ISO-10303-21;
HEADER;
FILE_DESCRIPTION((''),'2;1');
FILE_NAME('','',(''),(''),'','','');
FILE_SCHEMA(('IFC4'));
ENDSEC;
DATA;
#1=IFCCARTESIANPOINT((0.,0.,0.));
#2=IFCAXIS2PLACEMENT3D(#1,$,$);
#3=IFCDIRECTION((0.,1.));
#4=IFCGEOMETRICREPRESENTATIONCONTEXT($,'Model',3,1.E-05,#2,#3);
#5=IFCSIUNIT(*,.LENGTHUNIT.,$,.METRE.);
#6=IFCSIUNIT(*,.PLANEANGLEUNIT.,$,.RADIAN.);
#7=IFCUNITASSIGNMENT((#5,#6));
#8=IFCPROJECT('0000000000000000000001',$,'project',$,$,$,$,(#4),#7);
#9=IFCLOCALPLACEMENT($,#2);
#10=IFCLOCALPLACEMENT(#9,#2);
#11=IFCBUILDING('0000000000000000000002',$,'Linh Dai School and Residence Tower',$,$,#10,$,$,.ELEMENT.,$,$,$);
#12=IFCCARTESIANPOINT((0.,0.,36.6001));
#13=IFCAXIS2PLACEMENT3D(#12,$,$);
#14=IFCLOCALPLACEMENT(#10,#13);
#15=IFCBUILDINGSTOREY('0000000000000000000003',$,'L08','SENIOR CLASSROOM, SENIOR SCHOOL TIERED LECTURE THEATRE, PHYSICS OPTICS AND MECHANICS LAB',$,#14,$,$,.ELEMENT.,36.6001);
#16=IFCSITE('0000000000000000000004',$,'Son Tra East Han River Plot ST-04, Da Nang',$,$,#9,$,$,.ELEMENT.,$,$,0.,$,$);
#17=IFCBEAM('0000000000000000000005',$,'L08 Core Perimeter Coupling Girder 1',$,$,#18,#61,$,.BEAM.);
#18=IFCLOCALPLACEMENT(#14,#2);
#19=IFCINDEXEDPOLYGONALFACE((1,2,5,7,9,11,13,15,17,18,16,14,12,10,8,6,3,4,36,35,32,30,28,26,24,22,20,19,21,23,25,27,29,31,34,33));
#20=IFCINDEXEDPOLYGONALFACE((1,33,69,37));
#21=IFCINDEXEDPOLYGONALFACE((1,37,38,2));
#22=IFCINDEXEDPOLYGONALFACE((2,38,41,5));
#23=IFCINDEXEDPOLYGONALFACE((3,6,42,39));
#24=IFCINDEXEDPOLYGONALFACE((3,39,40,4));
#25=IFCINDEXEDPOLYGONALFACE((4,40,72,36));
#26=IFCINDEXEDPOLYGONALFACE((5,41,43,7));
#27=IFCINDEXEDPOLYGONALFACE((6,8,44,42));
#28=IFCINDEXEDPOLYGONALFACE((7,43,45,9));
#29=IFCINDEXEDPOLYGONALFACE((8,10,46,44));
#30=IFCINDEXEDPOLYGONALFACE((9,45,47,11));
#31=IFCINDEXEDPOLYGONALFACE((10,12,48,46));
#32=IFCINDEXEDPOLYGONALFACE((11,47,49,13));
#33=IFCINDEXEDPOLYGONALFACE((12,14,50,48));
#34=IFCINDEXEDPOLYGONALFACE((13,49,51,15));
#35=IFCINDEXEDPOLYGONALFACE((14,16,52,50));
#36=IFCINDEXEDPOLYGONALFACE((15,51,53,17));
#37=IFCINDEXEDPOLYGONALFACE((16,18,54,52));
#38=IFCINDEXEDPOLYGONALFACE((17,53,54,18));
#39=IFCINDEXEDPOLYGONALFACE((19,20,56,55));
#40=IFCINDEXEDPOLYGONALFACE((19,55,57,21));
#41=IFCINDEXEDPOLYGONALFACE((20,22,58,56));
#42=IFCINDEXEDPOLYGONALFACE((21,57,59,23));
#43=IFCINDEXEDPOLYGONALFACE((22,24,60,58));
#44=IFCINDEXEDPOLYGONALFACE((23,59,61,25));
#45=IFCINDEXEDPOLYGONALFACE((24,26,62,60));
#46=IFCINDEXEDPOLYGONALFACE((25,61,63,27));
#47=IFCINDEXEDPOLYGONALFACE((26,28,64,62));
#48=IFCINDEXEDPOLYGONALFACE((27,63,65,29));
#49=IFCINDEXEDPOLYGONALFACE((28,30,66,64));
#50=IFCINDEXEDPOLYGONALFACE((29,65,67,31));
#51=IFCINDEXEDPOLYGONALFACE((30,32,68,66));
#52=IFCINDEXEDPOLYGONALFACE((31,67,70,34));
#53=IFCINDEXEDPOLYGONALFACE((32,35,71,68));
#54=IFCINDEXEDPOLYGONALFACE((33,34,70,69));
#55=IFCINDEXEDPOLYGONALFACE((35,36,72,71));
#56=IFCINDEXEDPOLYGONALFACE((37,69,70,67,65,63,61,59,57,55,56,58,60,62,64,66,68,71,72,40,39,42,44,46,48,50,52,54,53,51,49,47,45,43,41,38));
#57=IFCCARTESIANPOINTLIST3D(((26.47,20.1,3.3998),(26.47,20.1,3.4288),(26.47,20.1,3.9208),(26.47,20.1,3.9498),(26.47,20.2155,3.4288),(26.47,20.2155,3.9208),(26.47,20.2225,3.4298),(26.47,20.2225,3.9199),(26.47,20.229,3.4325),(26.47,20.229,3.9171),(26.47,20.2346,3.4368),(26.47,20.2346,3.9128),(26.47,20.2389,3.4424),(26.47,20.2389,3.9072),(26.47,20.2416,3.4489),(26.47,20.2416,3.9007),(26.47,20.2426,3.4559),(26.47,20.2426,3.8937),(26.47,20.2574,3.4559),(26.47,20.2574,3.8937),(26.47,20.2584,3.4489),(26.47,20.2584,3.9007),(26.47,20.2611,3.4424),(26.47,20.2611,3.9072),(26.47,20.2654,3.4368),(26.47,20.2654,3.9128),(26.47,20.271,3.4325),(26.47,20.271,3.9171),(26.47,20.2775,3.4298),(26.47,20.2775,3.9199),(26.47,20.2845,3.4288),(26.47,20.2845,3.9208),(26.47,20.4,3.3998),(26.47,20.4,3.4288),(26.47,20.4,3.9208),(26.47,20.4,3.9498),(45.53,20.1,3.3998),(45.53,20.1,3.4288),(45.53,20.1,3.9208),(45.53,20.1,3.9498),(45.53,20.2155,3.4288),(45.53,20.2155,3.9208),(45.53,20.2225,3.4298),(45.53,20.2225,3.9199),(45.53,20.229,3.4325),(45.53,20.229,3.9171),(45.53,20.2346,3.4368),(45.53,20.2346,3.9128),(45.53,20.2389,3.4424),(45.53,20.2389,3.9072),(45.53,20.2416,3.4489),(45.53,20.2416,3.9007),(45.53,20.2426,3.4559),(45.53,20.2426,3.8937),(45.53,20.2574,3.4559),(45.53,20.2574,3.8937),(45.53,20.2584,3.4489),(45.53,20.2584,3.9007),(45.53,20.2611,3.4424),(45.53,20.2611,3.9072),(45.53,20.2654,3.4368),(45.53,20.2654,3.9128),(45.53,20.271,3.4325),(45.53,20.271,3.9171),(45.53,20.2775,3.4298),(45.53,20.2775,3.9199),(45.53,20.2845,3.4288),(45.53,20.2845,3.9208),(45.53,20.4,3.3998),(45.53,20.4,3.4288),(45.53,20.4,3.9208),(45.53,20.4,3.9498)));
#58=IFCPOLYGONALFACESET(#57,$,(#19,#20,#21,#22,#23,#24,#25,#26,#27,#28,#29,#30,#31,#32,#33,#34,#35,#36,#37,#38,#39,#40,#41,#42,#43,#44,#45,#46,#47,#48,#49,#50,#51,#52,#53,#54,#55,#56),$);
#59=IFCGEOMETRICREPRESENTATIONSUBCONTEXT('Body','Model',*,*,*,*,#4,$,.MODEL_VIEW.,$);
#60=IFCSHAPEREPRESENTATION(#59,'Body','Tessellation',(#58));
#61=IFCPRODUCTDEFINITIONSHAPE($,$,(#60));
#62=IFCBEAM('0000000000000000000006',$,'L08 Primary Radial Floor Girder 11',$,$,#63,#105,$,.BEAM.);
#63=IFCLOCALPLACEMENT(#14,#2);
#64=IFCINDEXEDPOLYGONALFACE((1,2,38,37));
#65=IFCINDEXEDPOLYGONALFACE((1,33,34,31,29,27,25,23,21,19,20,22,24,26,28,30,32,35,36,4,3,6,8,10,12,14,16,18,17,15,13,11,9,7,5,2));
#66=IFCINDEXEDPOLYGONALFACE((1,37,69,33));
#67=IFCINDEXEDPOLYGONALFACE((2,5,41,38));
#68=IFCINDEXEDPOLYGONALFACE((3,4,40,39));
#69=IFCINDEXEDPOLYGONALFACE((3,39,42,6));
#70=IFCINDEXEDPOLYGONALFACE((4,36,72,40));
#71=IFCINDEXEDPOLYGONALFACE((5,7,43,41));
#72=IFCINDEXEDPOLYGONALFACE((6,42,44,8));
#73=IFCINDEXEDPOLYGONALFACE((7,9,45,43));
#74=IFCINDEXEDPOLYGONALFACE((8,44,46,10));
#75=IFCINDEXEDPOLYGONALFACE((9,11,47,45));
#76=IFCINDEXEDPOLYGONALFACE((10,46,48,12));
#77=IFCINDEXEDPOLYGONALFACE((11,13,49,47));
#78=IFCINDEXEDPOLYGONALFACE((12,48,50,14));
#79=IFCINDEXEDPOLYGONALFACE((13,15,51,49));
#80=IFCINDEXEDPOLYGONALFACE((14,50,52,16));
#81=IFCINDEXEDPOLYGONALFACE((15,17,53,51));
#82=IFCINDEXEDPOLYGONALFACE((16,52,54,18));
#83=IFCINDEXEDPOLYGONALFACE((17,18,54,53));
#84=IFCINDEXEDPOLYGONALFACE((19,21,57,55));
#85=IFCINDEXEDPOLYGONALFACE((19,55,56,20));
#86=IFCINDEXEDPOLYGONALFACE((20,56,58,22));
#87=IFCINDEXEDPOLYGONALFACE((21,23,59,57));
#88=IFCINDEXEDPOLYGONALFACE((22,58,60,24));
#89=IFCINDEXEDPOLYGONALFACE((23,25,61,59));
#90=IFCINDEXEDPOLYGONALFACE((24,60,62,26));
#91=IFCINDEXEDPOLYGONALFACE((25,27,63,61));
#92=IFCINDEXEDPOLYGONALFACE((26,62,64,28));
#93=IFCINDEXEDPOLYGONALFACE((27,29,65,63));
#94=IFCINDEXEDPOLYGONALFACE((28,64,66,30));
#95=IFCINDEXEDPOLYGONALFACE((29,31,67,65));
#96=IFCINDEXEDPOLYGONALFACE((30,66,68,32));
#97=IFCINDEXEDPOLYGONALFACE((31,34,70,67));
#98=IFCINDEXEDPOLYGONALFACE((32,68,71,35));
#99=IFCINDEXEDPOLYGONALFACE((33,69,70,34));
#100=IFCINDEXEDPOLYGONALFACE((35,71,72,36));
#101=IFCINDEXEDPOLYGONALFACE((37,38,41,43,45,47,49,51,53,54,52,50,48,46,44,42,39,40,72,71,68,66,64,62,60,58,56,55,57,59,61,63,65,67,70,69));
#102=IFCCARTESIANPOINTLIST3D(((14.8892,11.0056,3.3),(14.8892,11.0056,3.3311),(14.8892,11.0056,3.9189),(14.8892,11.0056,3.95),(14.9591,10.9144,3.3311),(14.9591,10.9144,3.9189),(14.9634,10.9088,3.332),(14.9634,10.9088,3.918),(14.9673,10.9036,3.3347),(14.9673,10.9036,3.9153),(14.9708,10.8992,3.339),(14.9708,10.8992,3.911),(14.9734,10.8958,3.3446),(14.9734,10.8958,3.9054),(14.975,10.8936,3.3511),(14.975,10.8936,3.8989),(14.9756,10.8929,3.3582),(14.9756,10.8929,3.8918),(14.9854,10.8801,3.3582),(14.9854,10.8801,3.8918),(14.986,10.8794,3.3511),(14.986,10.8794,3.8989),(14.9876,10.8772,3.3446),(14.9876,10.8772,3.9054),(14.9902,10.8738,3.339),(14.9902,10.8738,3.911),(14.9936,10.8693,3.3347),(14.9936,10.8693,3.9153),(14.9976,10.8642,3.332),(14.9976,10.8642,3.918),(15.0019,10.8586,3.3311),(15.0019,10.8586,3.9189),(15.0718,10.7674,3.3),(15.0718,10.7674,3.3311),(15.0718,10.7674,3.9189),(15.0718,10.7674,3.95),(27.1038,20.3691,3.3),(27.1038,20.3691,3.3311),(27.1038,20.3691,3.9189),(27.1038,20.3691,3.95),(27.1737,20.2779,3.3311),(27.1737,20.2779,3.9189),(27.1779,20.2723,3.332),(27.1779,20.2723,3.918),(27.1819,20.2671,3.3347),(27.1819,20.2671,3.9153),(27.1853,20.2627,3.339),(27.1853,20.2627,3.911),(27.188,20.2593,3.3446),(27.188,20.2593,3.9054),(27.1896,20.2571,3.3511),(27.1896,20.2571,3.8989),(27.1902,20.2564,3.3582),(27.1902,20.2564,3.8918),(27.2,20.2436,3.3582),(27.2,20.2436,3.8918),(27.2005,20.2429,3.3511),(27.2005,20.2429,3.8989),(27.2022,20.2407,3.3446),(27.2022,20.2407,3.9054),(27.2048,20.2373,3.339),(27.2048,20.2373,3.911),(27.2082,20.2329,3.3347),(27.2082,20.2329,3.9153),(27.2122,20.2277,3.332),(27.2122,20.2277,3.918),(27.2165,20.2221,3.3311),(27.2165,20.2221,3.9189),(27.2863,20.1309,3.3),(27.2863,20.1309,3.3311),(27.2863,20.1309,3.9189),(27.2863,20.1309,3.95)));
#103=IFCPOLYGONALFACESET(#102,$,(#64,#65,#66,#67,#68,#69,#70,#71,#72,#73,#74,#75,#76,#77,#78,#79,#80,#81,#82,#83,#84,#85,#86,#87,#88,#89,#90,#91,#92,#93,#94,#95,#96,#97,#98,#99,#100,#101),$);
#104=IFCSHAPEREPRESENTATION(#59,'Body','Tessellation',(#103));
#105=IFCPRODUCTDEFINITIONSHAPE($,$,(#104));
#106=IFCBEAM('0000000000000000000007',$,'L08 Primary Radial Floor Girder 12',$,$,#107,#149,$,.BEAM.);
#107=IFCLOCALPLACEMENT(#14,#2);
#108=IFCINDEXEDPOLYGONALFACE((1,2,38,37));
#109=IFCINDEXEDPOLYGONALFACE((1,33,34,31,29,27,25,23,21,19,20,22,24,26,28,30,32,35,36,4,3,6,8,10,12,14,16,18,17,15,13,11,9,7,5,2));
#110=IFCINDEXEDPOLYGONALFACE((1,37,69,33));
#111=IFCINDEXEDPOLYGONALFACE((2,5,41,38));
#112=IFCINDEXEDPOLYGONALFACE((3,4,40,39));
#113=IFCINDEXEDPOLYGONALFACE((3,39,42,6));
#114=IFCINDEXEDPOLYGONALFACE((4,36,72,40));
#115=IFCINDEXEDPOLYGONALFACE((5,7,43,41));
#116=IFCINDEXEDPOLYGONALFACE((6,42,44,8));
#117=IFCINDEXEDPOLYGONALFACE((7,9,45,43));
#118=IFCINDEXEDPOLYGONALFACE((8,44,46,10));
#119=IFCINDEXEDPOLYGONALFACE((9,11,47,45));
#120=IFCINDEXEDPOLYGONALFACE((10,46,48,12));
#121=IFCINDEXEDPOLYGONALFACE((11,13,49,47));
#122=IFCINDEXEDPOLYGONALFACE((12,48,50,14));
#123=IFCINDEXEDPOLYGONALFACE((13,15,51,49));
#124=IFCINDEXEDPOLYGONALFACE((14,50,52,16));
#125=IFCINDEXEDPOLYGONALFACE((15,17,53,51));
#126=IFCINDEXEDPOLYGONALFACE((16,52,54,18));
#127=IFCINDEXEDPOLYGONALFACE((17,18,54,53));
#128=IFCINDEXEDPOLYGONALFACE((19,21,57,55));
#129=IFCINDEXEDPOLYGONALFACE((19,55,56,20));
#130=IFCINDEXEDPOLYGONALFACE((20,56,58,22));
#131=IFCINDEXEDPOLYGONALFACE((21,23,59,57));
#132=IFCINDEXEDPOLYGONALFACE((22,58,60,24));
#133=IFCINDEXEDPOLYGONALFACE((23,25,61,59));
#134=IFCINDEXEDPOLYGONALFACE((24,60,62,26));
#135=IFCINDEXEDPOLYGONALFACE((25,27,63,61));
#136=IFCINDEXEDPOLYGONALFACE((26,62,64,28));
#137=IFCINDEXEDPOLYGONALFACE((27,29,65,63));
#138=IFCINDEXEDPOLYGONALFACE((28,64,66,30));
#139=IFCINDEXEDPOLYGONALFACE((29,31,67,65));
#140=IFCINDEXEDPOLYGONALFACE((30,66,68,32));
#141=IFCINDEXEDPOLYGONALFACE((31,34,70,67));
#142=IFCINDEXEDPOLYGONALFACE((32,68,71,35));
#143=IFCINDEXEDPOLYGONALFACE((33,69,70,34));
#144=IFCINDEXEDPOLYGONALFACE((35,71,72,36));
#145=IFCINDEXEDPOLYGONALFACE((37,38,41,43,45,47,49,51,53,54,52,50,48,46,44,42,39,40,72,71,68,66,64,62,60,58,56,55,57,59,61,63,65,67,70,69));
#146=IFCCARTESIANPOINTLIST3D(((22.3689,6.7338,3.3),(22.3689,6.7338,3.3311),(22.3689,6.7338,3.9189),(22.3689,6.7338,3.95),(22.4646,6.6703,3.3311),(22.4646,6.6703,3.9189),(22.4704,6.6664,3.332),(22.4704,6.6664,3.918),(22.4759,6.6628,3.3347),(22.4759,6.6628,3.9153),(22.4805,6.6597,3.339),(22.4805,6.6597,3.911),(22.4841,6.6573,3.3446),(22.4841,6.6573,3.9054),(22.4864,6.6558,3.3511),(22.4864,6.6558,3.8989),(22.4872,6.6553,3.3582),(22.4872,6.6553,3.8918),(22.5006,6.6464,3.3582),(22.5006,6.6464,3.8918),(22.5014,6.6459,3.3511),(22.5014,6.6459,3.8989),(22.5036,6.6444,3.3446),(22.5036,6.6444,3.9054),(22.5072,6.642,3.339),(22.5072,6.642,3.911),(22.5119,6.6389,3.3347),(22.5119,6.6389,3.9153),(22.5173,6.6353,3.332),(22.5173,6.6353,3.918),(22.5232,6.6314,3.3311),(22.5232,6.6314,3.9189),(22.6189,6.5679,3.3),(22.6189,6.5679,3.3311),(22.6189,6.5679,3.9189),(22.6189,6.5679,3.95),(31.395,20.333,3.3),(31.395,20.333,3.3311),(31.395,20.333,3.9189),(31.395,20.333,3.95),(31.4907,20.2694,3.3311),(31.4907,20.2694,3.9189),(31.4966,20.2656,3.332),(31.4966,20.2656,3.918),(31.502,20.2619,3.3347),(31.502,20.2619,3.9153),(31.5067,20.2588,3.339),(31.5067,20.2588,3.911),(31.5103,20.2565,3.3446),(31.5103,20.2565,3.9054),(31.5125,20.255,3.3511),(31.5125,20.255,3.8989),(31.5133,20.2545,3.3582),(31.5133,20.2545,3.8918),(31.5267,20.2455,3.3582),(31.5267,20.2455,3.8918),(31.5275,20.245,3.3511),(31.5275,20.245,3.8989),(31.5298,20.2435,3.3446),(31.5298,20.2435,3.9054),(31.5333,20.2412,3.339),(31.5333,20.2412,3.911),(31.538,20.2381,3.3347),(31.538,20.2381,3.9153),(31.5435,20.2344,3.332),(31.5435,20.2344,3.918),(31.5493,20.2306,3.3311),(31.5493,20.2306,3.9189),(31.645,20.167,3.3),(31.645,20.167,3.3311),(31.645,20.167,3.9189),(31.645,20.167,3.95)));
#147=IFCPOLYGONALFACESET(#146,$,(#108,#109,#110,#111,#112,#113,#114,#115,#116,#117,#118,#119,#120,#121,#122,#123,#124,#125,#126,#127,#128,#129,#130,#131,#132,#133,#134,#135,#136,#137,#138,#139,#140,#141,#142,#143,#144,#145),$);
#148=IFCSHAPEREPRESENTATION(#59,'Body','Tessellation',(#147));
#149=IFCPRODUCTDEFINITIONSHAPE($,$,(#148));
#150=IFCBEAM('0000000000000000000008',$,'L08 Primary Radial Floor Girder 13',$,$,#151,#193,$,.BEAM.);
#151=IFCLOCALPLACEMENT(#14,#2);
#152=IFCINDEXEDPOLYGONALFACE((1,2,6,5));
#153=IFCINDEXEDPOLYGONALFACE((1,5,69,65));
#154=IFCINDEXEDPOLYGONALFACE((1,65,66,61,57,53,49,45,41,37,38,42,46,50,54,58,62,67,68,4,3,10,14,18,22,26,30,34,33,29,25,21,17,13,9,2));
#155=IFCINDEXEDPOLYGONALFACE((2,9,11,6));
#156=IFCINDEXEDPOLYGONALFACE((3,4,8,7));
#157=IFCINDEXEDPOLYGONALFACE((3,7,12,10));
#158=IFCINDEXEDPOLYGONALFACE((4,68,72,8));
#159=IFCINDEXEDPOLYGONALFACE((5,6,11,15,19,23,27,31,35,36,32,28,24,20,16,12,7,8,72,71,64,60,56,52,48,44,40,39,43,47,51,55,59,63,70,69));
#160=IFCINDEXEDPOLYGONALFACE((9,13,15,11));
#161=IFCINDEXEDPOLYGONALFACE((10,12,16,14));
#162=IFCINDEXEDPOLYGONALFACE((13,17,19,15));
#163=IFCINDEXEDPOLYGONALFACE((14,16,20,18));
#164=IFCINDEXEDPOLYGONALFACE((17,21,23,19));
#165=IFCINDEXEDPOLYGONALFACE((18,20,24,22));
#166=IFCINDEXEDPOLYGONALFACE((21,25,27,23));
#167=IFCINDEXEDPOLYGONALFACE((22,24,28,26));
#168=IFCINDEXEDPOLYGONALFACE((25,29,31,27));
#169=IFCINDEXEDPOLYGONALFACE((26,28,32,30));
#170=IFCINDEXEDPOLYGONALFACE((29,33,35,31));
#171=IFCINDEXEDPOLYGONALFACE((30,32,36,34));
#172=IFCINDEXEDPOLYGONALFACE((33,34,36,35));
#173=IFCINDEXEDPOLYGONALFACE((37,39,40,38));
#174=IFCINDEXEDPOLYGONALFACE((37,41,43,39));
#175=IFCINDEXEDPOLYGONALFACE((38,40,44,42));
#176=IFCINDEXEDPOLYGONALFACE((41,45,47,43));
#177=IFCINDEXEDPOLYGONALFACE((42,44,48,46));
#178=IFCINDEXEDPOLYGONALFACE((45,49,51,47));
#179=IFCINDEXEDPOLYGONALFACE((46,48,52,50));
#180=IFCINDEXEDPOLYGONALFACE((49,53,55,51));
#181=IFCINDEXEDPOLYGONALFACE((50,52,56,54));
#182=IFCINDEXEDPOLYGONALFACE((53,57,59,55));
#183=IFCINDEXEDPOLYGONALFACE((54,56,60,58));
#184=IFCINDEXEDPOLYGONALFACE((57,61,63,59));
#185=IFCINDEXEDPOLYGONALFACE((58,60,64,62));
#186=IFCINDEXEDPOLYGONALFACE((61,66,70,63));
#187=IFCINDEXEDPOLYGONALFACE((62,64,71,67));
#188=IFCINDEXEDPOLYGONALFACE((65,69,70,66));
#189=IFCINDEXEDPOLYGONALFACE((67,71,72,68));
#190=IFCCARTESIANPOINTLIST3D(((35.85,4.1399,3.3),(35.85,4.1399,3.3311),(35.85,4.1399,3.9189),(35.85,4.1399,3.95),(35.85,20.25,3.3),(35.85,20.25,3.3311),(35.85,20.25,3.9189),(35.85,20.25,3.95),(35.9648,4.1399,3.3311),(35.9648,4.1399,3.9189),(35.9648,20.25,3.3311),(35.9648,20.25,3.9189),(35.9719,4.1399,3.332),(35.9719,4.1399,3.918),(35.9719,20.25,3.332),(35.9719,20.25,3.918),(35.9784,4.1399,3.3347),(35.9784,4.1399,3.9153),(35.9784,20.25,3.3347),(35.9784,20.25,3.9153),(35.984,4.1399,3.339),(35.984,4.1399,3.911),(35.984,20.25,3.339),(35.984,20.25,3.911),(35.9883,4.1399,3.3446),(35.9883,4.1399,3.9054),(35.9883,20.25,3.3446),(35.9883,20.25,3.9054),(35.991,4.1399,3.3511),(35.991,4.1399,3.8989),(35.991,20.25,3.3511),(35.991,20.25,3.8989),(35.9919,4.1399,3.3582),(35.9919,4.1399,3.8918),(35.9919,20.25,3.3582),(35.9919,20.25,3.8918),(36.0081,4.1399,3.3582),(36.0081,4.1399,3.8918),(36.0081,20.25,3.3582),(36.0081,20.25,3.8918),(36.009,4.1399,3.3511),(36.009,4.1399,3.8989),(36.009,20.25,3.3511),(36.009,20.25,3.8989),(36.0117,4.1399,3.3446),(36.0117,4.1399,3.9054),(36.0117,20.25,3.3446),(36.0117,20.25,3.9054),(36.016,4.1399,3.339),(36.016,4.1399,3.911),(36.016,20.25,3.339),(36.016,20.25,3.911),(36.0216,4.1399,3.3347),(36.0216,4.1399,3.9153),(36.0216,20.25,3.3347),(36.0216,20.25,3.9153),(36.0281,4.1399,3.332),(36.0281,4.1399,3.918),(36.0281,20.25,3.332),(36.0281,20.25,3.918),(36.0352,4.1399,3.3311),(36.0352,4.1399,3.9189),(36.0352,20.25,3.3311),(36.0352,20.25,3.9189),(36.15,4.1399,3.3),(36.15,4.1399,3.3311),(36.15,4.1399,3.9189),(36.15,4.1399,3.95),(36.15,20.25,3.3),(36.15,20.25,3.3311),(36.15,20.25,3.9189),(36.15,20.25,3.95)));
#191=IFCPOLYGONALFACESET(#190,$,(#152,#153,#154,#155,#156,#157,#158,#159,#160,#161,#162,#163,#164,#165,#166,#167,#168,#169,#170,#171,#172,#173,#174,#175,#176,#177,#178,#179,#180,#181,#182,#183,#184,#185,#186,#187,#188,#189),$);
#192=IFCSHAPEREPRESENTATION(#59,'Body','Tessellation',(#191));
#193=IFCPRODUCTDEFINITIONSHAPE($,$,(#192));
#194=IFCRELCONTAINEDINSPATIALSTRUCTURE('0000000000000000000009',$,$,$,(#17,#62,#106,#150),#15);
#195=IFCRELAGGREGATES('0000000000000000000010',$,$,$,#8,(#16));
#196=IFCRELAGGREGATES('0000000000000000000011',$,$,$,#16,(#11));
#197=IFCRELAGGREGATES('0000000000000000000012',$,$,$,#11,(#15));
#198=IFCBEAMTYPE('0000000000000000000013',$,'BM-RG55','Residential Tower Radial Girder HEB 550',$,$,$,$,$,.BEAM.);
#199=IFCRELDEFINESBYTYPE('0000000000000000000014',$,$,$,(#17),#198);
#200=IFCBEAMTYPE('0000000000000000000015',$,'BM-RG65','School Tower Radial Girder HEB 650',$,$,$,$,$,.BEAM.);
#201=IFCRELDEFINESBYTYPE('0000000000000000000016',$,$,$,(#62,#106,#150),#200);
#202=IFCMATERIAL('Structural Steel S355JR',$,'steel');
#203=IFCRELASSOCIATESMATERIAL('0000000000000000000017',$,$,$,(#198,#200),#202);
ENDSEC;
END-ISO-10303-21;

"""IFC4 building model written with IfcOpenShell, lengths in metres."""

from ifc_helpers import new_model, si_unit, direction, frame, origin, origin_2d, place, context, subcontext, project, spatial, i_section, extrude, material, material_profile, profile_set, type_object, element, save


model = new_model("IFC4")

# Units and contexts
model_context = context("Model", 3, precision=1e-05, world=origin(), true_north=direction((0.0, 1.0)))
body_context = subcontext(model_context, "Body", "Model", "MODEL_VIEW")
ifc_project = project(units=[si_unit("LENGTHUNIT", "METRE"), si_unit("PLANEANGLEUNIT", "RADIAN")], contexts=[model_context])

# Site, building, storey
site_placement = place(None, origin())
site = spatial("IfcSite", under=ifc_project, at=site_placement, Name="Son Tra East Han River Plot ST-04, Da Nang", CompositionType="ELEMENT", RefElevation=0.0)
building_placement = place(site_placement, origin())
building = spatial("IfcBuilding", under=site, at=building_placement, Name="Linh Dai School and Residence Tower", CompositionType="ELEMENT")
storey_placement = place(building_placement, frame((0.0, 0.0, 36.6001)))
storey = spatial("IfcBuildingStorey", under=building, at=storey_placement, Name="L08", Description="SENIOR CLASSROOM, SENIOR SCHOOL TIERED LECTURE THEATRE, PHYSICS OPTICS AND MECHANICS LAB", CompositionType="ELEMENT", Elevation=36.6001)

# Shared definitions
ifc_material_1 = material(Name="Structural Steel S355JR", Category="steel")

# Beams
ifc_material_profile_1 = material_profile(ifc_material_1, i_section(OverallWidth=0.3, OverallDepth=0.55, WebThickness=0.0149, FlangeThickness=0.0291, FilletRadius=0.0271, at=origin_2d()), Name="HEB 550")
ifc_profile_set_1 = profile_set([ifc_material_profile_1], Name="Structural Steel S355JR")
beam_type_1 = type_object("IfcBeamType", Name="BM-RG55", Description="Residential Tower Radial Girder HEB 550", PredefinedType="BEAM", material=ifc_profile_set_1)
beam_1_placement = place(storey_placement, frame((26.47, 20.25, 3.6748), z_axis=(1.0, 0.0, 0.0), x_axis=(0.0, 1.0, 0.0)))
element("IfcBeam", 1, at=beam_1_placement, inside=storey, type_object=beam_type_1, Name="L08 Core Perimeter Coupling Girder 1", PredefinedType="BEAM", context=body_context, shape_type="SweptSolid", body=[
    extrude(i_section(OverallWidth=0.3, OverallDepth=0.55, WebThickness=0.0149, FlangeThickness=0.0291, FilletRadius=0.0271, at=origin_2d()), origin(), (0.0, 0.0, 1.0), 19.0601),
])
ifc_material_profile_2 = material_profile(ifc_material_1, i_section(OverallWidth=0.3, OverallDepth=0.6499, WebThickness=0.0161, FlangeThickness=0.031, FilletRadius=0.0271, at=origin_2d()), Name="HEB 650")
ifc_profile_set_2 = profile_set([ifc_material_profile_2], Name="Structural Steel S355JR")
beam_type_2 = type_object("IfcBeamType", Name="BM-RG65", Description="School Tower Radial Girder HEB 650", PredefinedType="BEAM", material=ifc_profile_set_2)
beam_2_placement = place(storey_placement, frame((27.1951, 20.25, 3.625), z_axis=(-0.793638, -0.608391, 0.0), x_axis=(0.608391, -0.793638, 0.0)))
element("IfcBeam", 2, at=beam_2_placement, inside=storey, type_object=beam_type_2, Name="L08 Primary Radial Floor Girder 11", PredefinedType="BEAM", context=body_context, shape_type="SweptSolid", body=[
    extrude(i_section(OverallWidth=0.3, OverallDepth=0.6499, WebThickness=0.0161, FlangeThickness=0.031, FilletRadius=0.0271, at=origin_2d()), origin(), (0.0, 0.0, 1.0), 15.3906),
])
beam_3_placement = place(storey_placement, frame((31.52, 20.25, 3.625), z_axis=(-0.553004, -0.833178, 0.0), x_axis=(0.833178, -0.553004, 0.0)))
element("IfcBeam", 3, at=beam_3_placement, inside=storey, type_object=beam_type_2, Name="L08 Primary Radial Floor Girder 12", PredefinedType="BEAM", context=body_context, shape_type="SweptSolid", body=[
    extrude(i_section(OverallWidth=0.3, OverallDepth=0.6499, WebThickness=0.0161, FlangeThickness=0.031, FilletRadius=0.0271, at=origin_2d()), origin(), (0.0, 0.0, 1.0), 16.322),
])
beam_4_placement = place(storey_placement, frame((36.0, 20.25, 3.625), z_axis=(0.0, -1.0, 0.0), x_axis=(1.0, 0.0, 0.0)))
element("IfcBeam", 4, at=beam_4_placement, inside=storey, type_object=beam_type_2, Name="L08 Primary Radial Floor Girder 13", PredefinedType="BEAM", context=body_context, shape_type="SweptSolid", body=[
    extrude(i_section(OverallWidth=0.3, OverallDepth=0.6499, WebThickness=0.0161, FlangeThickness=0.031, FilletRadius=0.0271, at=origin_2d()), origin(), (0.0, 0.0, 1.0), 16.1101),
])

save(model, "model.ifc")
